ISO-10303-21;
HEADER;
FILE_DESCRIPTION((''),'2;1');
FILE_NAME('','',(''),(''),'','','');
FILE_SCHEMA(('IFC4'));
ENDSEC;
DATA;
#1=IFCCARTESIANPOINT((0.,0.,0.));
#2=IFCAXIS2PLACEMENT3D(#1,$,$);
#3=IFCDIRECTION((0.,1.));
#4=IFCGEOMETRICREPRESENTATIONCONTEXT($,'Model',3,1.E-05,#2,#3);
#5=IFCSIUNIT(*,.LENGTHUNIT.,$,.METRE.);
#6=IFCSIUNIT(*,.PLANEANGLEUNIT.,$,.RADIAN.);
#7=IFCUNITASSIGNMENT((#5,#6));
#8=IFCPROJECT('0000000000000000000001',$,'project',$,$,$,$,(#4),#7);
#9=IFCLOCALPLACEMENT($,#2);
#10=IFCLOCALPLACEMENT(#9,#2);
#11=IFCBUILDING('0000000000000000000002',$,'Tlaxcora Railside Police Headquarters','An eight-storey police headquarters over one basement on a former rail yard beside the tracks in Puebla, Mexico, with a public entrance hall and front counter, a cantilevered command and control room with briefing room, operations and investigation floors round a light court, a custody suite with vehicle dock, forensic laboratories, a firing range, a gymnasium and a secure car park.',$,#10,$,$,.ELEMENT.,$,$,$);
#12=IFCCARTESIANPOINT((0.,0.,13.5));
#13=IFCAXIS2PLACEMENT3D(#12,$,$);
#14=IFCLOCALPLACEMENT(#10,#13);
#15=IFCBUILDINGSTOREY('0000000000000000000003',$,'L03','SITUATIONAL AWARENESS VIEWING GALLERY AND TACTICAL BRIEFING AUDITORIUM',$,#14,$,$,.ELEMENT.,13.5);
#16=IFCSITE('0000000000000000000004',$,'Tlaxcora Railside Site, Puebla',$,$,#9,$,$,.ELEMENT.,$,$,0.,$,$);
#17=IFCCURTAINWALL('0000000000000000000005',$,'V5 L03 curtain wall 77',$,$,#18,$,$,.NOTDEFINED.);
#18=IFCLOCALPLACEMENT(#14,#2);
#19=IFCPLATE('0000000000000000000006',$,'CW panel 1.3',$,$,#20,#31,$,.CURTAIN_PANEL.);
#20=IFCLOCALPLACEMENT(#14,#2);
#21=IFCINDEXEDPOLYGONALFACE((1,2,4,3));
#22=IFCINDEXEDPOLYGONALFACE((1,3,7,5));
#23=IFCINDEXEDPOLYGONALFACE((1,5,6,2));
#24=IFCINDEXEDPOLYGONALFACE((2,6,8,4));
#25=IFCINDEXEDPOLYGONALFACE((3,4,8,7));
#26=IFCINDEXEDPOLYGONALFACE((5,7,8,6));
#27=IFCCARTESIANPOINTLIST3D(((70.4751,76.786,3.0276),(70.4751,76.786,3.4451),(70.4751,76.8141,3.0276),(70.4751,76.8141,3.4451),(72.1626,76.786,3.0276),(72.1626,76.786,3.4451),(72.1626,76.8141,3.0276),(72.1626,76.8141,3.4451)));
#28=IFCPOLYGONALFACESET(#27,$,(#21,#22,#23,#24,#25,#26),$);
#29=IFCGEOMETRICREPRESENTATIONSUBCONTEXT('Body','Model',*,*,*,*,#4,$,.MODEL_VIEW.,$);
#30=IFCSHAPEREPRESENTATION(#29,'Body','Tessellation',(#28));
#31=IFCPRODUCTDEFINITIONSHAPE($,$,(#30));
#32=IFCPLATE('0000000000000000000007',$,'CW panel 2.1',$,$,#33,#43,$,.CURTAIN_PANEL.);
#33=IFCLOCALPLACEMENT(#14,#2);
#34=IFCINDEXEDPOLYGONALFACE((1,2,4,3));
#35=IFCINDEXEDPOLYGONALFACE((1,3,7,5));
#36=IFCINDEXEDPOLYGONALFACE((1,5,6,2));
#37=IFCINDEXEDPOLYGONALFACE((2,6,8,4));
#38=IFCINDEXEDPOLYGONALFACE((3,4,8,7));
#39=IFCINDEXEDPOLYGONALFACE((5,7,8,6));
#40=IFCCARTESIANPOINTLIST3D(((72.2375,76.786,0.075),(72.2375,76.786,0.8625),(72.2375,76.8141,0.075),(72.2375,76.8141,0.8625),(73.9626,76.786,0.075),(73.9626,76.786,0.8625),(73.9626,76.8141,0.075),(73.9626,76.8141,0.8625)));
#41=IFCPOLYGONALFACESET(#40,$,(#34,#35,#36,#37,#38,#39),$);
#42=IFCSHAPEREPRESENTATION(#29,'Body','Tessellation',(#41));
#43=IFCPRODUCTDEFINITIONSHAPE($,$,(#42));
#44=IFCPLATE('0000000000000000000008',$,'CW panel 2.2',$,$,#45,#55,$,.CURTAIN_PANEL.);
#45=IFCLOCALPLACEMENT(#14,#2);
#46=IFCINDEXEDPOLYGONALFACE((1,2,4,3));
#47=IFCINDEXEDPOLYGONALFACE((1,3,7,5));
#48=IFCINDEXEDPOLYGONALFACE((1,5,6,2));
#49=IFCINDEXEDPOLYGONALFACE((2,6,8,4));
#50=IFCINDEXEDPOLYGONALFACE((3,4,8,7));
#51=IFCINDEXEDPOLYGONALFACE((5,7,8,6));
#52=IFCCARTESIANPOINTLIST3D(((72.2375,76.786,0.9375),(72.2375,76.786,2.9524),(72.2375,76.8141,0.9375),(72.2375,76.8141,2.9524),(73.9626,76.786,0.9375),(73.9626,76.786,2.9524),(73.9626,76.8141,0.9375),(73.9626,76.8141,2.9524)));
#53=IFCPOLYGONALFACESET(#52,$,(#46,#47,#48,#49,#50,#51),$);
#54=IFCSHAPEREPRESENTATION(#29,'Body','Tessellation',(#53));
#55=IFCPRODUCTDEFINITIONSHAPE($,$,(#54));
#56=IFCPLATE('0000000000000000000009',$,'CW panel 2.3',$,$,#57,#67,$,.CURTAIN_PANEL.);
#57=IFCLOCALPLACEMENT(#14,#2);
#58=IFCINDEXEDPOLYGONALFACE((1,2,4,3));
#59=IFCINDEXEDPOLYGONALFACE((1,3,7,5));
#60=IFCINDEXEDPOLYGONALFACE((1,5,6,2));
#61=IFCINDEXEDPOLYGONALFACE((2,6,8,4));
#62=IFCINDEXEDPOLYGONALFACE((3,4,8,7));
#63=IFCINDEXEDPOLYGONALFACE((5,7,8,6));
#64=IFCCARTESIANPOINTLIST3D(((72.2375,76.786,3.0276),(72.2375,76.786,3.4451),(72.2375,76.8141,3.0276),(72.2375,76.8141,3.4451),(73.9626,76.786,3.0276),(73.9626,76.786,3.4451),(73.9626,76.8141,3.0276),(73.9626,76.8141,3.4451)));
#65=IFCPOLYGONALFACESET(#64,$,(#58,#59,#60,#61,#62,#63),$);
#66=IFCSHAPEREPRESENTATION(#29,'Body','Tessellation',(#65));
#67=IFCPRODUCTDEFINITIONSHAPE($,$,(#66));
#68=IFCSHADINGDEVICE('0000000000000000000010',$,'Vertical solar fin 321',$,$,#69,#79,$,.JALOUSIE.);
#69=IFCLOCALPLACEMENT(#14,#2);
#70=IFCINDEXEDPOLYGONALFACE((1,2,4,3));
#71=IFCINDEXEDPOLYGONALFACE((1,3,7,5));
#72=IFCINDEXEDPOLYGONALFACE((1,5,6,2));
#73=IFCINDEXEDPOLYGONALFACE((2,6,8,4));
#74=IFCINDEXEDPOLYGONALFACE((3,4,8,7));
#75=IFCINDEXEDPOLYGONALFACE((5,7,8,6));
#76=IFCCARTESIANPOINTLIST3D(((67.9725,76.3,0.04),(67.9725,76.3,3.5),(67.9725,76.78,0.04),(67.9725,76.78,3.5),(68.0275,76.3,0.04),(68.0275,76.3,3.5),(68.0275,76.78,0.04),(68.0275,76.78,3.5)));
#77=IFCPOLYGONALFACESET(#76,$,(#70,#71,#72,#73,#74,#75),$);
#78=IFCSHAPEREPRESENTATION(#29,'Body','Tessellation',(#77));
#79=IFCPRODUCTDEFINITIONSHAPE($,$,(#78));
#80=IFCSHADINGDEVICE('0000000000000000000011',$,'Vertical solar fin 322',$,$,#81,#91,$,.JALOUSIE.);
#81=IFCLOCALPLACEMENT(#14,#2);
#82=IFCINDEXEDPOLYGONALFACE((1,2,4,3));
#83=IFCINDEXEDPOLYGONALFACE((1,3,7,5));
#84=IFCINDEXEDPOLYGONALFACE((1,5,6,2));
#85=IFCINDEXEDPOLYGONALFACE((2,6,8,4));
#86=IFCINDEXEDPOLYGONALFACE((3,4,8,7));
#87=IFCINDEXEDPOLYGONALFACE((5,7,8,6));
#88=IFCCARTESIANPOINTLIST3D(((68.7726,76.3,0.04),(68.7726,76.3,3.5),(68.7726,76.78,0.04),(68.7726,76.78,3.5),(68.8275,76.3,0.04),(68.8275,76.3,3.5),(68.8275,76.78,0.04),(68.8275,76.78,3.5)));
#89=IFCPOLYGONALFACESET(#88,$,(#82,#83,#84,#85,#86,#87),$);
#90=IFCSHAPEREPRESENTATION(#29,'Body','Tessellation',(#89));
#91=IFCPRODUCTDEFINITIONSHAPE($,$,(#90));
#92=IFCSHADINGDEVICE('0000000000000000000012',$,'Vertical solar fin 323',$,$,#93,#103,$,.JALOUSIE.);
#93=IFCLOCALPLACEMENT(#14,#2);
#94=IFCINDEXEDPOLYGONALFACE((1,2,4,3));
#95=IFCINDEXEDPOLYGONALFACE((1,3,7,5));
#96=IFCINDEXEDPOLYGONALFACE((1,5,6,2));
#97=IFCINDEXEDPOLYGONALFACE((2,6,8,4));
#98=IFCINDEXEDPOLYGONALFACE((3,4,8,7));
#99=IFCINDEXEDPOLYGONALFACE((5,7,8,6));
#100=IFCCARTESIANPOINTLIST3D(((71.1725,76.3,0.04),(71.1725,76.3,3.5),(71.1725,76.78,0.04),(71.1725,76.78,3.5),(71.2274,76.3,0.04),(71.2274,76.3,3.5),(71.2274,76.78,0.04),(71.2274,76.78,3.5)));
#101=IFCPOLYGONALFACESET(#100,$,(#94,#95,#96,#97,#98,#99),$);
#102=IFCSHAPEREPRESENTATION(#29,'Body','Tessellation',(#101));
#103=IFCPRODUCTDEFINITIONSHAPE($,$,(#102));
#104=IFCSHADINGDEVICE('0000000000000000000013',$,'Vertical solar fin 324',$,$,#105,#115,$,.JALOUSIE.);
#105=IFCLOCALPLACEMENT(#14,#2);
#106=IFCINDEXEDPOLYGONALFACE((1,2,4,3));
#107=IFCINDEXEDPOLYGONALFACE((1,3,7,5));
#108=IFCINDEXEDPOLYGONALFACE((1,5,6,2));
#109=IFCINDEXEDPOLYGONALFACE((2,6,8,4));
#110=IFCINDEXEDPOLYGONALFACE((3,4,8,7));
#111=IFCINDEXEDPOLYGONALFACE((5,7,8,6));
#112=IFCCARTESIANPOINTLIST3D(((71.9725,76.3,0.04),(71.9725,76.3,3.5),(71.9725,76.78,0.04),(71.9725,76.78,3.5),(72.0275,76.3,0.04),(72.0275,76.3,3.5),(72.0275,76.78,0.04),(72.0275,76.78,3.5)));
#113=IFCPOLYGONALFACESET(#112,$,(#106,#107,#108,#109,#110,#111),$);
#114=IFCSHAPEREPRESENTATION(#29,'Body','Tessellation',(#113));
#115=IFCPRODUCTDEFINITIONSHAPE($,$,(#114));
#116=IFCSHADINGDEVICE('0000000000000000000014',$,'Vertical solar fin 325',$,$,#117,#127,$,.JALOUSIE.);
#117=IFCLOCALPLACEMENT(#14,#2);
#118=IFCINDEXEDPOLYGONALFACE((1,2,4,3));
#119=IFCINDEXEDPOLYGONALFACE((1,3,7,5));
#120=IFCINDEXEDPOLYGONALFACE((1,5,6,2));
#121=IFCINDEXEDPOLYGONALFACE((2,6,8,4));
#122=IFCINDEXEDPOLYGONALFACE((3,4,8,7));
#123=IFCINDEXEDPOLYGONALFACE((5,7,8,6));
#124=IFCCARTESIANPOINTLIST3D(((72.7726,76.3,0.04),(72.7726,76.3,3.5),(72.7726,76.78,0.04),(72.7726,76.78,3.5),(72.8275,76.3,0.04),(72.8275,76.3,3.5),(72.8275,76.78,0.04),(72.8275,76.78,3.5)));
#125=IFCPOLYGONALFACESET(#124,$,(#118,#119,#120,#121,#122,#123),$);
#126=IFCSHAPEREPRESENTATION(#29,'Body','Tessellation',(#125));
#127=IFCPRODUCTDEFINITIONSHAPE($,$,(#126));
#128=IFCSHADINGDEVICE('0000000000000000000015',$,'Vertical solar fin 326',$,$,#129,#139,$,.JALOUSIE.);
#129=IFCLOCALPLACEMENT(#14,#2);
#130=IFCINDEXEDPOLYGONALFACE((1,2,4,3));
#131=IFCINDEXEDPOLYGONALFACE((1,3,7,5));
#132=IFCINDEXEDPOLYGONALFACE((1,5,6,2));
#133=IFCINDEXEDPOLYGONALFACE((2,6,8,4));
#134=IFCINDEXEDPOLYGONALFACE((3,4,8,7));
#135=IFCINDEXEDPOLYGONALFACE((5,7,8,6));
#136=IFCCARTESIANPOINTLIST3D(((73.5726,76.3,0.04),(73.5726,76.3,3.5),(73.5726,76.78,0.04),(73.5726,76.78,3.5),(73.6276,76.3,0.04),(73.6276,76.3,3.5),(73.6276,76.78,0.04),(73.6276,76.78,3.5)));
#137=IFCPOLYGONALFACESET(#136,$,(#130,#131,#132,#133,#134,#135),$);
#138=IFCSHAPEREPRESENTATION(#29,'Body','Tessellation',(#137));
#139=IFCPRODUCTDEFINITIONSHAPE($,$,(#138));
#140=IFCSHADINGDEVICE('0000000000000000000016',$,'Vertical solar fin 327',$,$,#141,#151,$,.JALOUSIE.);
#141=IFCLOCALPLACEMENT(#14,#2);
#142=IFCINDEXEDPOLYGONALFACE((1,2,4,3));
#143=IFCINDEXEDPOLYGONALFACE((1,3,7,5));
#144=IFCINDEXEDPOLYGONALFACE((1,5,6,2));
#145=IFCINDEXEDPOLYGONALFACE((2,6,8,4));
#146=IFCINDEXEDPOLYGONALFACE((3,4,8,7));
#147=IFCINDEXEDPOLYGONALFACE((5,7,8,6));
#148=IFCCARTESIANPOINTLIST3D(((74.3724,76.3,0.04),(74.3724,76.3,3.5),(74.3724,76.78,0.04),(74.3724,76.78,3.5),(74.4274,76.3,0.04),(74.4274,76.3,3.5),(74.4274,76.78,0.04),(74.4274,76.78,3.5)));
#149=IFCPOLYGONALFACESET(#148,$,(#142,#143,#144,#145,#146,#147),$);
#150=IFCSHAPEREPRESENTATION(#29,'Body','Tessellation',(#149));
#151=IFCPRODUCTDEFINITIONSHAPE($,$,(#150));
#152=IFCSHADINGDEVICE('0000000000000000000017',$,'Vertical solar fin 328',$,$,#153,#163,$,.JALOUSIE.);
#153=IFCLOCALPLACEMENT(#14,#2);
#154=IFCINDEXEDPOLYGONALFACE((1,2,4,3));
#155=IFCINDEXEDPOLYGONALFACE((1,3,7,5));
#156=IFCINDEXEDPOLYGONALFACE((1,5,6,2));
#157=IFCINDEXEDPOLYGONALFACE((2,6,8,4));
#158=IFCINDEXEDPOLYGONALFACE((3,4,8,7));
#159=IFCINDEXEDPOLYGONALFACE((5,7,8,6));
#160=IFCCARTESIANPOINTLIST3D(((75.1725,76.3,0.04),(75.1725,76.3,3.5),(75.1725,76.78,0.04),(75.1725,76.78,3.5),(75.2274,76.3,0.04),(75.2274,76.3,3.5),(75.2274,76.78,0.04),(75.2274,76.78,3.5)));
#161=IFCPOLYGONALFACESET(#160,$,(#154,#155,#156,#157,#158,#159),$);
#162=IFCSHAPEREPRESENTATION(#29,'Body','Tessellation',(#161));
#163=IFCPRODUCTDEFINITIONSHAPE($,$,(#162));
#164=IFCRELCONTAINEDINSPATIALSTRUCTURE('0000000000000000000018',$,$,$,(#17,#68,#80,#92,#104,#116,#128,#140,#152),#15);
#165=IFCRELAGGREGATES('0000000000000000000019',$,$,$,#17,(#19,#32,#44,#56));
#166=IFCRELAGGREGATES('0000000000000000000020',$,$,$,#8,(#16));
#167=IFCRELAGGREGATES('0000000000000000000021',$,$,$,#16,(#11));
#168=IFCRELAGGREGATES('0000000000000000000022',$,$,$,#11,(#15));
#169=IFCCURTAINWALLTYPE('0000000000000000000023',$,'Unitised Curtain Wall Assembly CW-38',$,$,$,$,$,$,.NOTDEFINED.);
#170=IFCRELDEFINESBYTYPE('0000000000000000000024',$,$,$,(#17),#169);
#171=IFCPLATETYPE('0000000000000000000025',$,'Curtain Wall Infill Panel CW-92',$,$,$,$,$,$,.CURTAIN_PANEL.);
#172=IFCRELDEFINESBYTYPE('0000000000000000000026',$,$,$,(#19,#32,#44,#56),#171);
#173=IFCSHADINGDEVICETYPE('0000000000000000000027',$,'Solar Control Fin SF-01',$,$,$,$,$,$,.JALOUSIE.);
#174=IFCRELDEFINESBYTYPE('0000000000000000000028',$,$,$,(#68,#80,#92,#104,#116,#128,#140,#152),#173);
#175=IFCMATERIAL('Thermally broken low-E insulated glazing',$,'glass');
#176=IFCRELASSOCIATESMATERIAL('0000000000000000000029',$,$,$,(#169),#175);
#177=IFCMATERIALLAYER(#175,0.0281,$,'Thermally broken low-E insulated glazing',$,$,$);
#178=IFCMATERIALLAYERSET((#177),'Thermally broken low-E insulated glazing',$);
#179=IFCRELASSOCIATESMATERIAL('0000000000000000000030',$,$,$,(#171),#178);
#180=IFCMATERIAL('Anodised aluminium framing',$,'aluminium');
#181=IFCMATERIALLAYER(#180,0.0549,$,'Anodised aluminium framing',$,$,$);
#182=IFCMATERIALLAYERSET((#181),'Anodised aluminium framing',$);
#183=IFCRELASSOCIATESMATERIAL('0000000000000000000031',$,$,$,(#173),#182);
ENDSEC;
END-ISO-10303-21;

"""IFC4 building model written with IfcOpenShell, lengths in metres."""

from ifc_helpers import new_model, si_unit, direction, frame, origin, origin_2d, place, context, subcontext, project, spatial, rectangle, extrude, material, layer, layer_set, type_object, element, aggregate, save


model = new_model("IFC4")

# Units and contexts
model_context = context("Model", 3, precision=1e-05, world=origin(), true_north=direction((0.0, 1.0)))
body_context = subcontext(model_context, "Body", "Model", "MODEL_VIEW")
ifc_project = project(units=[si_unit("LENGTHUNIT", "METRE"), si_unit("PLANEANGLEUNIT", "RADIAN")], contexts=[model_context])

# Site, building, storey
site_placement = place(None, origin())
site = spatial("IfcSite", under=ifc_project, at=site_placement, Name="Tlaxcora Railside Site, Puebla", CompositionType="ELEMENT", RefElevation=0.0)
building_placement = place(site_placement, origin())
building = spatial("IfcBuilding", under=site, at=building_placement, Name="Tlaxcora Railside Police Headquarters", Description="An eight-storey police headquarters over one basement on a former rail yard beside the tracks in Puebla, Mexico, with a public entrance hall and front counter, a cantilevered command and control room with briefing room, operations and investigation floors round a light court, a custody suite with vehicle dock, forensic laboratories, a firing range, a gymnasium and a secure car park.", CompositionType="ELEMENT")
storey_placement = place(building_placement, frame((0.0, 0.0, 13.5)))
storey = spatial("IfcBuildingStorey", under=building, at=storey_placement, Name="L03", Description="SITUATIONAL AWARENESS VIEWING GALLERY AND TACTICAL BRIEFING AUDITORIUM", CompositionType="ELEMENT", Elevation=13.5)

# Curtain wall
ifc_material_1 = material(Name="Thermally broken low-E insulated glazing", Category="glass")
ifc_material_2 = material(Name="Anodised aluminium framing", Category="aluminium")
curtain_wall_type_1 = type_object("IfcCurtainWallType", Name="Unitised Curtain Wall Assembly CW-38", PredefinedType="NOTDEFINED", material=ifc_material_1)
curtain_wall_1_placement = place(storey_placement, origin())
curtain_wall_1 = element("IfcCurtainWall", 1, at=curtain_wall_1_placement, inside=storey, type_object=curtain_wall_type_1, Name="V5 L03 curtain wall 77", PredefinedType="NOTDEFINED")

# Plates
ifc_layer_1 = layer(ifc_material_1, 0.0281, Name="Thermally broken low-E insulated glazing")
ifc_layer_set_1 = layer_set([ifc_layer_1], Name="Thermally broken low-E insulated glazing")
plate_type_1 = type_object("IfcPlateType", Name="Curtain Wall Infill Panel CW-92", PredefinedType="CURTAIN_PANEL", material=ifc_layer_set_1)
plate_1_placement = place(storey_placement, frame((71.3188, 76.8, 3.0276), z_axis=(0.0, 0.0, 1.0), x_axis=(1.0, 0.0, 0.0)))
plate_1 = element("IfcPlate", 2, at=plate_1_placement, type_object=plate_type_1, Name="CW panel 1.3", PredefinedType="CURTAIN_PANEL", context=body_context, shape_type="SweptSolid", body=[
    extrude(rectangle(XDim=1.6875, YDim=0.0281, at=origin_2d()), origin(), (0.0, 0.0, 1.0), 0.4175),
])
plate_2_placement = place(storey_placement, frame((73.1001, 76.8, 0.075), z_axis=(0.0, 0.0, 1.0), x_axis=(1.0, 0.0, 0.0)))
plate_2 = element("IfcPlate", 3, at=plate_2_placement, type_object=plate_type_1, Name="CW panel 2.1", PredefinedType="CURTAIN_PANEL", context=body_context, shape_type="SweptSolid", body=[
    extrude(rectangle(XDim=1.7251, YDim=0.0281, at=origin_2d()), origin(), (0.0, 0.0, 1.0), 0.7876),
])
plate_3_placement = place(storey_placement, frame((73.1001, 76.8, 0.9375), z_axis=(0.0, 0.0, 1.0), x_axis=(1.0, 0.0, 0.0)))
plate_3 = element("IfcPlate", 4, at=plate_3_placement, type_object=plate_type_1, Name="CW panel 2.2", PredefinedType="CURTAIN_PANEL", context=body_context, shape_type="SweptSolid", body=[
    extrude(rectangle(XDim=1.7251, YDim=0.0281, at=origin_2d()), origin(), (0.0, 0.0, 1.0), 2.0149),
])
plate_4_placement = place(storey_placement, frame((73.1001, 76.8, 3.0276), z_axis=(0.0, 0.0, 1.0), x_axis=(1.0, 0.0, 0.0)))
plate_4 = element("IfcPlate", 5, at=plate_4_placement, type_object=plate_type_1, Name="CW panel 2.3", PredefinedType="CURTAIN_PANEL", context=body_context, shape_type="SweptSolid", body=[
    extrude(rectangle(XDim=1.7251, YDim=0.0281, at=origin_2d()), origin(), (0.0, 0.0, 1.0), 0.4175),
])
aggregate(curtain_wall_1, [plate_1, plate_2, plate_3, plate_4])

# Shading devices
ifc_layer_2 = layer(ifc_material_2, 0.0549, Name="Anodised aluminium framing")
ifc_layer_set_2 = layer_set([ifc_layer_2], Name="Anodised aluminium framing")
shading_device_type = type_object("IfcShadingDeviceType", Name="Solar Control Fin SF-01", PredefinedType="JALOUSIE", material=ifc_layer_set_2)
for number, where, z_axis, x_axis, name in (
    (6, (68.0, 76.54, 0.04), (0.0, 0.0, 1.0), (0.0, -1.0, 0.0), "Vertical solar fin 321"),
    (7, (68.8, 76.54, 0.04), (0.0, 0.0, 1.0), (0.0, -1.0, 0.0), "Vertical solar fin 322"),
    (8, (71.2, 76.54, 0.04), (0.0, 0.0, 1.0), (0.0, -1.0, 0.0), "Vertical solar fin 323"),
    (9, (72.0, 76.54, 0.04), (0.0, 0.0, 1.0), (0.0, -1.0, 0.0), "Vertical solar fin 324"),
    (10, (72.8, 76.54, 0.04), (0.0, 0.0, 1.0), (0.0, -1.0, 0.0), "Vertical solar fin 325"),
    (11, (73.6001, 76.54, 0.04), (0.0, 0.0, 1.0), (0.0, -1.0, 0.0), "Vertical solar fin 326"),
    (12, (74.3999, 76.54, 0.04), (0.0, 0.0, 1.0), (0.0, -1.0, 0.0), "Vertical solar fin 327"),
    (13, (75.2, 76.54, 0.04), (0.0, 0.0, 1.0), (0.0, -1.0, 0.0), "Vertical solar fin 328"),
):
    element("IfcShadingDevice", number, at=place(storey_placement, frame(where, z_axis=z_axis, x_axis=x_axis)), inside=storey, type_object=shading_device_type, Name=name, PredefinedType="JALOUSIE", context=body_context, shape_type="SweptSolid", body=[
        extrude(rectangle(XDim=0.48, YDim=0.0549, at=origin_2d()), origin(), (0.0, 0.0, 1.0), 3.46),
    ])

save(model, "model.ifc")
